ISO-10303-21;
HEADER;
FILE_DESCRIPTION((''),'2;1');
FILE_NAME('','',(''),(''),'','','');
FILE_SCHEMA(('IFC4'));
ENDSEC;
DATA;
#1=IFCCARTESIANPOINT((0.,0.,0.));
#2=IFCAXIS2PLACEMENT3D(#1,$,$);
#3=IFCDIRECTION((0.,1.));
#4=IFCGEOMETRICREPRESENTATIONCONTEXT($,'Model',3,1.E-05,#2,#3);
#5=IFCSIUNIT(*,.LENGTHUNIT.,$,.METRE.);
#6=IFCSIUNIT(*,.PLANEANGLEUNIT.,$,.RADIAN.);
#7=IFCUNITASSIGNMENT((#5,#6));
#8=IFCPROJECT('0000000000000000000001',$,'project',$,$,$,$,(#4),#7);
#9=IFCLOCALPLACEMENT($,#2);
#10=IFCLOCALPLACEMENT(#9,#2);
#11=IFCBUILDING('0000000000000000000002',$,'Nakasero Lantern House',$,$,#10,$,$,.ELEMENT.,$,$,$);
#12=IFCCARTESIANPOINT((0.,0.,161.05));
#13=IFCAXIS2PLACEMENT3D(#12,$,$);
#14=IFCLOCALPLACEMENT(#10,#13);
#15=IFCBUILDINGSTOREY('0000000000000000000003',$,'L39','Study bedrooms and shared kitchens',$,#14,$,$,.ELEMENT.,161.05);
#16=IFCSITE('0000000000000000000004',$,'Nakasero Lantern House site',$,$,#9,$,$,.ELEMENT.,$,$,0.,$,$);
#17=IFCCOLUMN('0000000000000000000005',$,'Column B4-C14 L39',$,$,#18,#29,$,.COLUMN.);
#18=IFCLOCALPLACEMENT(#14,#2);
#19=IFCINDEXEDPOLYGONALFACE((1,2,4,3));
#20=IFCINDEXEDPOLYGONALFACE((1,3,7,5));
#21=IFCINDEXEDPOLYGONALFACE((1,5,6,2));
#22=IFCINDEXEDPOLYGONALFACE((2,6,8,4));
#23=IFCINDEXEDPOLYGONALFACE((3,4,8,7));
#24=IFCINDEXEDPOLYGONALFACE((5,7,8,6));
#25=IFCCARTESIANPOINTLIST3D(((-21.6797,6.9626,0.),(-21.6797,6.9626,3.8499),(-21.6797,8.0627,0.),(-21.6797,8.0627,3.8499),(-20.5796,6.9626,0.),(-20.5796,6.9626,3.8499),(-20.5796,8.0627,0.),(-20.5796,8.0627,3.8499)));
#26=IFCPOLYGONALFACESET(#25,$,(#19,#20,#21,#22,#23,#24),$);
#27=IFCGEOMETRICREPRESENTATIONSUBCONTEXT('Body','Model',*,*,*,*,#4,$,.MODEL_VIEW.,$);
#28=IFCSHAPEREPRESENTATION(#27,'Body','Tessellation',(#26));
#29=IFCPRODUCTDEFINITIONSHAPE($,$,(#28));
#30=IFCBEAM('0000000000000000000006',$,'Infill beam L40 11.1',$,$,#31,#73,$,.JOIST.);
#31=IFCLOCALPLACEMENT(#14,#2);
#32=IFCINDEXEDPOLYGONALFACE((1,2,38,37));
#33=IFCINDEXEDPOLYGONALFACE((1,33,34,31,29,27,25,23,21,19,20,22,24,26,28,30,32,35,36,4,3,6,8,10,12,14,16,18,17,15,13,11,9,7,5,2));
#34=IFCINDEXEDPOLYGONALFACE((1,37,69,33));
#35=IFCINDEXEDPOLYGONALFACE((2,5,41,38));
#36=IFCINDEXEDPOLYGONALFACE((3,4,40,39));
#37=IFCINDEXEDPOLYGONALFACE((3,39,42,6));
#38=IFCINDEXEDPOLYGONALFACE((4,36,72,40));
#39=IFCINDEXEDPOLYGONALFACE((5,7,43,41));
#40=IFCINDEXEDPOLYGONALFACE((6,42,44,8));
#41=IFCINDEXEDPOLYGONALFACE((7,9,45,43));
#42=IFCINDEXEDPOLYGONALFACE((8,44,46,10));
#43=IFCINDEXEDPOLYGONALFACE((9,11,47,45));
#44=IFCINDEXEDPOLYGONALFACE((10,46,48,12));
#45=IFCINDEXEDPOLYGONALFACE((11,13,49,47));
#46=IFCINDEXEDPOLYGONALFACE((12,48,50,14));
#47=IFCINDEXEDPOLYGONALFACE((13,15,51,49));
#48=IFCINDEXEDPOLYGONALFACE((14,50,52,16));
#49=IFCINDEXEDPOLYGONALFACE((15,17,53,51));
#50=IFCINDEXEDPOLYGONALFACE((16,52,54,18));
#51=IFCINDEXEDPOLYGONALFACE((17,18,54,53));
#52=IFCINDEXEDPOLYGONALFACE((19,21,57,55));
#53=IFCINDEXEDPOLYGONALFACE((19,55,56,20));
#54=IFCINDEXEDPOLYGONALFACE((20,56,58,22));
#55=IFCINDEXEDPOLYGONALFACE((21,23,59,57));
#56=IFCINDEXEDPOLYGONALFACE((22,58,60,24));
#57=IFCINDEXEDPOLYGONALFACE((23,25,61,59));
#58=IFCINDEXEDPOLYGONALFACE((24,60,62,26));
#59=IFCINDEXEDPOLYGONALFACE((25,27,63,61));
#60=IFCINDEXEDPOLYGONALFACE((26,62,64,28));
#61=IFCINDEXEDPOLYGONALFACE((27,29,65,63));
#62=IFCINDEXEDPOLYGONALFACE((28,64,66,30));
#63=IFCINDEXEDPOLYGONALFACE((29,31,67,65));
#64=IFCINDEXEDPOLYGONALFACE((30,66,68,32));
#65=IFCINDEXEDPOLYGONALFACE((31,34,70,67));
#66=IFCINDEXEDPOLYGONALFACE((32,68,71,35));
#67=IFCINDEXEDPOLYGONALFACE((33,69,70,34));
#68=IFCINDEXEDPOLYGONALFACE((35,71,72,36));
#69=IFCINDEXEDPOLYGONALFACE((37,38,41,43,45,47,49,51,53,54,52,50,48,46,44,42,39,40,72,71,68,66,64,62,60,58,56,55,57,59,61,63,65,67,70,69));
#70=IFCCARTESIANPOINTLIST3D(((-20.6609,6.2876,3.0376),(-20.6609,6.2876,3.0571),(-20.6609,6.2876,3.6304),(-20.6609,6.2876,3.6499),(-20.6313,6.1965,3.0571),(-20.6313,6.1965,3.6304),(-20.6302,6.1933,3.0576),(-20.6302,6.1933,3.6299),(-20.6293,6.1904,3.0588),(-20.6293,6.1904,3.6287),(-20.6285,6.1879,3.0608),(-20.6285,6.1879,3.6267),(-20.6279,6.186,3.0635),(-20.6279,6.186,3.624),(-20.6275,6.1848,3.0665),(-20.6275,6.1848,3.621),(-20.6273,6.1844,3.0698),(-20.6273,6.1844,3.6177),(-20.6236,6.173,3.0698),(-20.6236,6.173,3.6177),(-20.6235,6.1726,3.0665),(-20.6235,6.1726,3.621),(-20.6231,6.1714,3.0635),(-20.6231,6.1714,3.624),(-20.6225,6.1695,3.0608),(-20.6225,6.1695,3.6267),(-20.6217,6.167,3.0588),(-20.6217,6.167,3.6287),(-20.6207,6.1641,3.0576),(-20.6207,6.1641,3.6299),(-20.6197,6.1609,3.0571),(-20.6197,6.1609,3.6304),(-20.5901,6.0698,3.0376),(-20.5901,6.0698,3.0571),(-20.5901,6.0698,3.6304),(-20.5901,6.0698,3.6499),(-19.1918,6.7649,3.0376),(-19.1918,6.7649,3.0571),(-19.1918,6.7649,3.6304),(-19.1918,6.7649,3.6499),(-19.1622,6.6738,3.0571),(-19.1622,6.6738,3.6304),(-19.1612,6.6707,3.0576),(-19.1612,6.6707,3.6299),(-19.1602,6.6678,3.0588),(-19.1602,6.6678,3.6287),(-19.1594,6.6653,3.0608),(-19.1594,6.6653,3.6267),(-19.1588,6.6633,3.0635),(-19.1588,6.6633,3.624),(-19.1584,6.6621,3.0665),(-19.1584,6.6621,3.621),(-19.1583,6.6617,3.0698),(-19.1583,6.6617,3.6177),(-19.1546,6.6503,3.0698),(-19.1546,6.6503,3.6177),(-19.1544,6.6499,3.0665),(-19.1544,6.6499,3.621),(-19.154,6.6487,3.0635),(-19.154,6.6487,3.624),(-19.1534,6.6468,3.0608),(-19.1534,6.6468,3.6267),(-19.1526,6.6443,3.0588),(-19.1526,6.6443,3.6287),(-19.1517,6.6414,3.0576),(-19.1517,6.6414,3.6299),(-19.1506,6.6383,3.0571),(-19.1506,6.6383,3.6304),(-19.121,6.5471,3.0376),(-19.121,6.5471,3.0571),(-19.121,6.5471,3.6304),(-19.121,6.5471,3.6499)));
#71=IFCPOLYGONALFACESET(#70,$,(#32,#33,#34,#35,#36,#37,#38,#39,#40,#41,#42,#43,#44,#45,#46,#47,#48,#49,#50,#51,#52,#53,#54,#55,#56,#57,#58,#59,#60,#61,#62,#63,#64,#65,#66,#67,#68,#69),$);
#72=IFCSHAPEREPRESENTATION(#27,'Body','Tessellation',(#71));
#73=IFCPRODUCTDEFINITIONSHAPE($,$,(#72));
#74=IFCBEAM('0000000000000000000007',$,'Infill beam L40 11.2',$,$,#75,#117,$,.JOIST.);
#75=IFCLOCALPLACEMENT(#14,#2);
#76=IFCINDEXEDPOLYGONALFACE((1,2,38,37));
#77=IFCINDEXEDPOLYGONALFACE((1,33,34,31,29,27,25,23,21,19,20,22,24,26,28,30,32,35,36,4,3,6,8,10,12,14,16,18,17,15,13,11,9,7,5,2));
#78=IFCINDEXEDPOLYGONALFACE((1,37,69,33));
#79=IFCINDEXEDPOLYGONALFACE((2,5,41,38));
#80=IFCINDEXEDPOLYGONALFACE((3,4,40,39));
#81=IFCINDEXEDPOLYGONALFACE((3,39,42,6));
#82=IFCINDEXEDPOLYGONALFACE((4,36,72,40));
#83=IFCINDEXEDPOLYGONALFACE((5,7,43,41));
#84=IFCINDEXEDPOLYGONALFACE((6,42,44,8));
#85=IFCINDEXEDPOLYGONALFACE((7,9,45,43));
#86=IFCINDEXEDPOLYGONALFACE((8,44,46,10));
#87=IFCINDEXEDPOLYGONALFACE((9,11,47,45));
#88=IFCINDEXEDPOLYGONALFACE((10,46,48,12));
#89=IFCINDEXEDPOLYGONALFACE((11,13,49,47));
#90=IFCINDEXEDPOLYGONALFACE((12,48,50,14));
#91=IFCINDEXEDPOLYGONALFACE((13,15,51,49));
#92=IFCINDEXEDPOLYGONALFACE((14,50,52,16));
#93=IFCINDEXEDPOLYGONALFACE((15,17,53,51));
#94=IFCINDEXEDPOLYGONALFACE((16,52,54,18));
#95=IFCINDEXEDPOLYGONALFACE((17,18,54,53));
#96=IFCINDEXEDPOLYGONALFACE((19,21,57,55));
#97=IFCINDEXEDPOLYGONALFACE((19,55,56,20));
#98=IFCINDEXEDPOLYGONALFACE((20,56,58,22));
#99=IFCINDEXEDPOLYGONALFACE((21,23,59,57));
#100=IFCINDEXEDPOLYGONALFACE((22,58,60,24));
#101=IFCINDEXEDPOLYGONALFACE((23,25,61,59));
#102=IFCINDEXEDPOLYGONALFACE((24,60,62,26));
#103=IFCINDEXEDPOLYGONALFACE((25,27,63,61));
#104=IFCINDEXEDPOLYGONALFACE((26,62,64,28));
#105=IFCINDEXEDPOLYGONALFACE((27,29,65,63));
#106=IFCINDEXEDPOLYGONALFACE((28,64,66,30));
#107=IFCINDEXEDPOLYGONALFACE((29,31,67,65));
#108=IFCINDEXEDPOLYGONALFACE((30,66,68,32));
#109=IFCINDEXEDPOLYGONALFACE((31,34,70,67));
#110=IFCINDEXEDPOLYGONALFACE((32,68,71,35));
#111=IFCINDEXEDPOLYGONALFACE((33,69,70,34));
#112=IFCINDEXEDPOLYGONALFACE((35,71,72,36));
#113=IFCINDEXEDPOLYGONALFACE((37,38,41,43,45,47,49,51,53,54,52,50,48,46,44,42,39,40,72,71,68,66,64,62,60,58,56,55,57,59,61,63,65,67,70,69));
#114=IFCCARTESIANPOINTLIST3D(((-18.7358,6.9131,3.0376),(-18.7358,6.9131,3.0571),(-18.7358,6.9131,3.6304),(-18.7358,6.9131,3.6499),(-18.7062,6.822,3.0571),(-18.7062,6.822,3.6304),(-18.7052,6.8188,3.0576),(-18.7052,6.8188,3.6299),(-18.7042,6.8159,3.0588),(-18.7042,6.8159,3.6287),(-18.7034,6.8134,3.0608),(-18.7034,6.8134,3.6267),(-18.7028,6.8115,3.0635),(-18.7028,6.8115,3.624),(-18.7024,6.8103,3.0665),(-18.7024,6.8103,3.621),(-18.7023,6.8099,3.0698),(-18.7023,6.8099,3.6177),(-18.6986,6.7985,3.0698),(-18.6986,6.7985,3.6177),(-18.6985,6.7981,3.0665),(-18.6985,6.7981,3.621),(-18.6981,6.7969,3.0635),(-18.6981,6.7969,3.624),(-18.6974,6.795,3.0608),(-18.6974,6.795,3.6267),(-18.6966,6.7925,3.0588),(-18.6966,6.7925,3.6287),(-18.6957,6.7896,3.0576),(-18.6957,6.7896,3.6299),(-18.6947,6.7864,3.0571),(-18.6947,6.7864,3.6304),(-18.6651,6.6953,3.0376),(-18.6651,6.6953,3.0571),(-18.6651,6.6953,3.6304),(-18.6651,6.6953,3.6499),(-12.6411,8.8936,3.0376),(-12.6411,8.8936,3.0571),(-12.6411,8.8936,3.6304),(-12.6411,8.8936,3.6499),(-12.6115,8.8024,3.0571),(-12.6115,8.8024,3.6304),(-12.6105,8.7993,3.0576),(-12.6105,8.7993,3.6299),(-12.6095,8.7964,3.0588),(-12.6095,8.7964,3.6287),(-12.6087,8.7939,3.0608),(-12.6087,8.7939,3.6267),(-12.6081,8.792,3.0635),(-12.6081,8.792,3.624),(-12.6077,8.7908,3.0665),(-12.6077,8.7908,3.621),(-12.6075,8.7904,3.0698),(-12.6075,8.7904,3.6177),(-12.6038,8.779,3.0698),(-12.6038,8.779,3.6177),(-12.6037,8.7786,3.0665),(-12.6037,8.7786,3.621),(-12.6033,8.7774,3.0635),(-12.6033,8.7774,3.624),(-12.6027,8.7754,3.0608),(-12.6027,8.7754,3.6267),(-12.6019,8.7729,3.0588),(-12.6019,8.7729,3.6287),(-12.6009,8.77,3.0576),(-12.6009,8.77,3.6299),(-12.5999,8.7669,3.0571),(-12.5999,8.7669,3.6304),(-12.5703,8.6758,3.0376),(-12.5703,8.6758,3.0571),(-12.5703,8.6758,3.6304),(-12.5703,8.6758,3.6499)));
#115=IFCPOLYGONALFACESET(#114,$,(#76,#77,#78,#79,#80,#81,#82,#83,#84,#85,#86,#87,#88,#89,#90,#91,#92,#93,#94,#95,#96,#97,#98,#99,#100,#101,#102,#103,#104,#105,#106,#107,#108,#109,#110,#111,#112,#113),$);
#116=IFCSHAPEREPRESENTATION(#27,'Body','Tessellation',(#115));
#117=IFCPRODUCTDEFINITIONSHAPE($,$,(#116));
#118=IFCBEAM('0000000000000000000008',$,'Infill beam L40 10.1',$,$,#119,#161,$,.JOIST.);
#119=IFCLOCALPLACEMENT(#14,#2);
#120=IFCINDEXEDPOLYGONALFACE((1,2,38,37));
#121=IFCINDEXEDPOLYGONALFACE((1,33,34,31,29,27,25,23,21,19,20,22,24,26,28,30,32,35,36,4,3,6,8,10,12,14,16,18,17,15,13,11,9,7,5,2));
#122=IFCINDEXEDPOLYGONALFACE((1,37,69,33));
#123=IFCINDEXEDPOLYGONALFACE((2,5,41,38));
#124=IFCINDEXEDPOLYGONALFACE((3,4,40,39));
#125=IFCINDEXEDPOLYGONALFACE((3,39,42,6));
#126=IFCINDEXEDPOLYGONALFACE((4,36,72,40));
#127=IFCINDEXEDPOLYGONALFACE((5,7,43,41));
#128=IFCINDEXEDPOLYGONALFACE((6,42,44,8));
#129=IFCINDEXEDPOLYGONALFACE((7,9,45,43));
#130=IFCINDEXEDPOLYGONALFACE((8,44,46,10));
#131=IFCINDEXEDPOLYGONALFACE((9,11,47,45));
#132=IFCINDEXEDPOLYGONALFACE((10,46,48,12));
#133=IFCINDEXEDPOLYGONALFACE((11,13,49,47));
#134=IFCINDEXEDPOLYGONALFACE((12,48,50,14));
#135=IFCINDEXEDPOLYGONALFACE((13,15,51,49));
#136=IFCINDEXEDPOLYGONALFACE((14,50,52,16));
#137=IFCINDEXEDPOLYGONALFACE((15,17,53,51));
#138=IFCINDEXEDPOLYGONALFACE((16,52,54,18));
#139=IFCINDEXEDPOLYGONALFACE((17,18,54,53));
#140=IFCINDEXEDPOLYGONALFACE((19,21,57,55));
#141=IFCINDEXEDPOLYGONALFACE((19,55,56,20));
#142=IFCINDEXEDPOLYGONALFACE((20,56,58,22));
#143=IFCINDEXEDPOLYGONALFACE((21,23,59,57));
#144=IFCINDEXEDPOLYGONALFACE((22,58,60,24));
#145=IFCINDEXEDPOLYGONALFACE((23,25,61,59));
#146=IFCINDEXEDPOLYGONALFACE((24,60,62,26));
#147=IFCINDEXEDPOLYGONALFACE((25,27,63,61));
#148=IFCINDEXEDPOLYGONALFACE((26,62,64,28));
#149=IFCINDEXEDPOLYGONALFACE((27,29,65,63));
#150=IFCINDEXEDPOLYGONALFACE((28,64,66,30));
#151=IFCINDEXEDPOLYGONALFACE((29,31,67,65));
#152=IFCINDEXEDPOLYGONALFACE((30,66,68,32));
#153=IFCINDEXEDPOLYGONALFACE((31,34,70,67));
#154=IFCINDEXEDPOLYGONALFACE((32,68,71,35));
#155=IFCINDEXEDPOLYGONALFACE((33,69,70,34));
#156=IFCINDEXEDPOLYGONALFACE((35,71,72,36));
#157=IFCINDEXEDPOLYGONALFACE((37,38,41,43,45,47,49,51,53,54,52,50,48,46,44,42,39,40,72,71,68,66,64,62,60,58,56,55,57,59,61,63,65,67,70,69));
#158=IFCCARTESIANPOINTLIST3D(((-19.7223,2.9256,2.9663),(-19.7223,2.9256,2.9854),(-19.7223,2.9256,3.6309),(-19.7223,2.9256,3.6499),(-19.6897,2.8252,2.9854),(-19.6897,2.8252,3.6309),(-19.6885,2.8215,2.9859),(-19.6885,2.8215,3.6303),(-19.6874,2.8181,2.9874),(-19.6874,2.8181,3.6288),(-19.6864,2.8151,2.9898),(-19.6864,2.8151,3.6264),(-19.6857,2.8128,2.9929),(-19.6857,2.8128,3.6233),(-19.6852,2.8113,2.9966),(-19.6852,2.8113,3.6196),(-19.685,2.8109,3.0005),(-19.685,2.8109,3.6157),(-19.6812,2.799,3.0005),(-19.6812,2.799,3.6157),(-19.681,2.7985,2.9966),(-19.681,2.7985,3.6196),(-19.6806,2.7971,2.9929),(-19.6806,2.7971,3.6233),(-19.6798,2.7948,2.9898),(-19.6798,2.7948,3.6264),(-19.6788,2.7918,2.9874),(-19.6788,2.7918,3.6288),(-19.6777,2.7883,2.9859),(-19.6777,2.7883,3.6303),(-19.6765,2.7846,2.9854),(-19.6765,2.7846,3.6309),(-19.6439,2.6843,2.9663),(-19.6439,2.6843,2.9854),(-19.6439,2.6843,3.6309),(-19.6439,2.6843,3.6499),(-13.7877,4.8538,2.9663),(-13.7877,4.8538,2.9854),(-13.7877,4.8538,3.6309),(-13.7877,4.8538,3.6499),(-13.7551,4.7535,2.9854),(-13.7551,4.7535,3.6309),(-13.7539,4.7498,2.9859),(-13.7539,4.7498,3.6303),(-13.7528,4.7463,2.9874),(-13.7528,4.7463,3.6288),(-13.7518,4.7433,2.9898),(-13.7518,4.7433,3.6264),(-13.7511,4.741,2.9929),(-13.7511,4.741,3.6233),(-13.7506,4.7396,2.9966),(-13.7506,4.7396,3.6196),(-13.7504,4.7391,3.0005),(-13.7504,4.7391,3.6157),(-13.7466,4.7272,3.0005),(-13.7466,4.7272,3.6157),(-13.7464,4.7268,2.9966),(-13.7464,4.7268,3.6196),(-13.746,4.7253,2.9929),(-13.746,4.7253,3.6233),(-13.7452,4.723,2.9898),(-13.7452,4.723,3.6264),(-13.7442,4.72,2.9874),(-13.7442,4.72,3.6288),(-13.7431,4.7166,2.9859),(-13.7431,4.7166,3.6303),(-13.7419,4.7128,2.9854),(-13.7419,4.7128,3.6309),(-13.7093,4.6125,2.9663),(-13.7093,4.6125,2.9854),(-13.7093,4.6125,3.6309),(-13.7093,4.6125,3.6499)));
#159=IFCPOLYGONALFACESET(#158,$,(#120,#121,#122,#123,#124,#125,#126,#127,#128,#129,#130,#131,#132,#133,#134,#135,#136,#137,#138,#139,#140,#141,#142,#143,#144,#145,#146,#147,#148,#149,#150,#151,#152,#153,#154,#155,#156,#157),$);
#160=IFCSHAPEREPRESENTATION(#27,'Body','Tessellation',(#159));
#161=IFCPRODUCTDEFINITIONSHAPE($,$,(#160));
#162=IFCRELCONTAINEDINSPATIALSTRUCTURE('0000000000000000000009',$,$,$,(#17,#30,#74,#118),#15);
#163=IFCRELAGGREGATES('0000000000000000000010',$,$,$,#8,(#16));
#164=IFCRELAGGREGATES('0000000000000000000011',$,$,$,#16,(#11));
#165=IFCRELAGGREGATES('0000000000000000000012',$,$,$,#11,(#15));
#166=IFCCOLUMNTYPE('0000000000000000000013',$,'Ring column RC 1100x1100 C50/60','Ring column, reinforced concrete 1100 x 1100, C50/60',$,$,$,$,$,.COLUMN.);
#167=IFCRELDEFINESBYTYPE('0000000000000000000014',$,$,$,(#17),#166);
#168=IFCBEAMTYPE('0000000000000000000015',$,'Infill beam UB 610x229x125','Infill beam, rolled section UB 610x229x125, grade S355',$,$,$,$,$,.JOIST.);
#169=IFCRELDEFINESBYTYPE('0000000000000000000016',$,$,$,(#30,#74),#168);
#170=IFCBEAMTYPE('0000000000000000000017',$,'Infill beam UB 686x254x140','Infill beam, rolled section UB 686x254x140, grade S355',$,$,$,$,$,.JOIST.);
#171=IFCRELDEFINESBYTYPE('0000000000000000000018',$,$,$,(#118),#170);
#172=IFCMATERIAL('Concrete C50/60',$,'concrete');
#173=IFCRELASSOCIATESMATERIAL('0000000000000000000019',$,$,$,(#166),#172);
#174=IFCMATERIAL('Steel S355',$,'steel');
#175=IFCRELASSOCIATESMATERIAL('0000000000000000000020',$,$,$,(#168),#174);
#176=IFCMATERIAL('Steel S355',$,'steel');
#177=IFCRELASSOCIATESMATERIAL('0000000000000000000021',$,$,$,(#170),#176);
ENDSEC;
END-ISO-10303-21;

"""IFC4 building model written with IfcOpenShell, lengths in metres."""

from ifc_helpers import new_model, si_unit, direction, frame, origin, origin_2d, place, context, subcontext, project, spatial, rectangle, i_section, extrude, material, material_profile, profile_set, type_object, element, save


model = new_model("IFC4")

# Units and contexts
model_context = context("Model", 3, precision=1e-05, world=origin(), true_north=direction((0.0, 1.0)))
body_context = subcontext(model_context, "Body", "Model", "MODEL_VIEW")
ifc_project = project(units=[si_unit("LENGTHUNIT", "METRE"), si_unit("PLANEANGLEUNIT", "RADIAN")], contexts=[model_context])

# Site, building, storey
site_placement = place(None, origin())
site = spatial("IfcSite", under=ifc_project, at=site_placement, Name="Nakasero Lantern House site", CompositionType="ELEMENT", RefElevation=0.0)
building_placement = place(site_placement, origin())
building = spatial("IfcBuilding", under=site, at=building_placement, Name="Nakasero Lantern House", CompositionType="ELEMENT")
storey_placement = place(building_placement, frame((0.0, 0.0, 161.05)))
storey = spatial("IfcBuildingStorey", under=building, at=storey_placement, Name="L39", Description="Study bedrooms and shared kitchens", CompositionType="ELEMENT", Elevation=161.05)

# Column
ifc_material_1 = material(Name="Concrete C50/60", Category="concrete")
ifc_material_profile_1 = material_profile(ifc_material_1, rectangle(XDim=1.1001, YDim=1.1001, at=origin_2d()), Name="RC 1100x1100")
ifc_profile_set_1 = profile_set([ifc_material_profile_1], Name="Concrete C50/60")
column_type = type_object("IfcColumnType", Name="Ring column RC 1100x1100 C50/60", Description="Ring column, reinforced concrete 1100 x 1100, C50/60", PredefinedType="COLUMN", material=ifc_profile_set_1)
column_placement = place(storey_placement, frame((-21.1296, 7.5127, 0.0), z_axis=(0.0, 0.0, 1.0), x_axis=(1.0, 0.0, 0.0)))
element("IfcColumn", 1, at=column_placement, inside=storey, type_object=column_type, Name="Column B4-C14 L39", PredefinedType="COLUMN", context=body_context, shape_type="SweptSolid", body=[
    extrude(rectangle(XDim=1.1001, YDim=1.1001, at=origin_2d()), origin(), (0.0, 0.0, 1.0), 3.8499),
])

# Beams
ifc_material_2 = material(Name="Steel S355", Category="steel")
ifc_material_profile_2 = material_profile(ifc_material_2, i_section(OverallWidth=0.229, OverallDepth=0.6123, WebThickness=0.012, FlangeThickness=0.0195, FilletRadius=0.0127, at=origin_2d()), Name="UB 610x229x125")
ifc_profile_set_2 = profile_set([ifc_material_profile_2], Name="Steel S355")
beam_type_1 = type_object("IfcBeamType", Name="Infill beam UB 610x229x125", Description="Infill beam, rolled section UB 610x229x125, grade S355", PredefinedType="JOIST", material=ifc_profile_set_2)
beam_1_placement = place(storey_placement, frame((-20.6255, 6.1787, 3.3438), z_axis=(0.951058, 0.309011, 0.0), x_axis=(-0.309011, 0.951058, 0.0)))
element("IfcBeam", 2, at=beam_1_placement, inside=storey, type_object=beam_type_1, Name="Infill beam L40 11.1", PredefinedType="JOIST", context=body_context, shape_type="SweptSolid", body=[
    extrude(i_section(OverallWidth=0.229, OverallDepth=0.6123, WebThickness=0.012, FlangeThickness=0.0195, FilletRadius=0.0127, at=origin_2d()), origin(), (0.0, 0.0, 1.0), 1.5447),
])
beam_2_placement = place(storey_placement, frame((-18.7004, 6.8042, 3.3438), z_axis=(0.951049, 0.309041, 0.0), x_axis=(-0.309041, 0.951049, 0.0)))
element("IfcBeam", 3, at=beam_2_placement, inside=storey, type_object=beam_type_1, Name="Infill beam L40 11.2", PredefinedType="JOIST", context=body_context, shape_type="SweptSolid", body=[
    extrude(i_section(OverallWidth=0.229, OverallDepth=0.6123, WebThickness=0.012, FlangeThickness=0.0195, FilletRadius=0.0127, at=origin_2d()), origin(), (0.0, 0.0, 1.0), 6.4084),
])
ifc_material_3 = material(Name="Steel S355", Category="steel")
ifc_material_profile_3 = material_profile(ifc_material_3, i_section(OverallWidth=0.2537, OverallDepth=0.6836, WebThickness=0.0125, FlangeThickness=0.019, FilletRadius=0.0151, at=origin_2d()), Name="UB 686x254x140")
ifc_profile_set_3 = profile_set([ifc_material_profile_3], Name="Steel S355")
beam_type_2 = type_object("IfcBeamType", Name="Infill beam UB 686x254x140", Description="Infill beam, rolled section UB 686x254x140, grade S355", PredefinedType="JOIST", material=ifc_profile_set_3)
beam_3_placement = place(storey_placement, frame((-19.6831, 2.8049, 3.3081), z_axis=(0.951058, 0.309012, 0.0), x_axis=(-0.309012, 0.951058, 0.0)))
element("IfcBeam", 4, at=beam_3_placement, inside=storey, type_object=beam_type_2, Name="Infill beam L40 10.1", PredefinedType="JOIST", context=body_context, shape_type="SweptSolid", body=[
    extrude(i_section(OverallWidth=0.2537, OverallDepth=0.6836, WebThickness=0.0125, FlangeThickness=0.019, FilletRadius=0.0151, at=origin_2d()), origin(), (0.0, 0.0, 1.0), 6.24),
])

save(model, "model.ifc")
